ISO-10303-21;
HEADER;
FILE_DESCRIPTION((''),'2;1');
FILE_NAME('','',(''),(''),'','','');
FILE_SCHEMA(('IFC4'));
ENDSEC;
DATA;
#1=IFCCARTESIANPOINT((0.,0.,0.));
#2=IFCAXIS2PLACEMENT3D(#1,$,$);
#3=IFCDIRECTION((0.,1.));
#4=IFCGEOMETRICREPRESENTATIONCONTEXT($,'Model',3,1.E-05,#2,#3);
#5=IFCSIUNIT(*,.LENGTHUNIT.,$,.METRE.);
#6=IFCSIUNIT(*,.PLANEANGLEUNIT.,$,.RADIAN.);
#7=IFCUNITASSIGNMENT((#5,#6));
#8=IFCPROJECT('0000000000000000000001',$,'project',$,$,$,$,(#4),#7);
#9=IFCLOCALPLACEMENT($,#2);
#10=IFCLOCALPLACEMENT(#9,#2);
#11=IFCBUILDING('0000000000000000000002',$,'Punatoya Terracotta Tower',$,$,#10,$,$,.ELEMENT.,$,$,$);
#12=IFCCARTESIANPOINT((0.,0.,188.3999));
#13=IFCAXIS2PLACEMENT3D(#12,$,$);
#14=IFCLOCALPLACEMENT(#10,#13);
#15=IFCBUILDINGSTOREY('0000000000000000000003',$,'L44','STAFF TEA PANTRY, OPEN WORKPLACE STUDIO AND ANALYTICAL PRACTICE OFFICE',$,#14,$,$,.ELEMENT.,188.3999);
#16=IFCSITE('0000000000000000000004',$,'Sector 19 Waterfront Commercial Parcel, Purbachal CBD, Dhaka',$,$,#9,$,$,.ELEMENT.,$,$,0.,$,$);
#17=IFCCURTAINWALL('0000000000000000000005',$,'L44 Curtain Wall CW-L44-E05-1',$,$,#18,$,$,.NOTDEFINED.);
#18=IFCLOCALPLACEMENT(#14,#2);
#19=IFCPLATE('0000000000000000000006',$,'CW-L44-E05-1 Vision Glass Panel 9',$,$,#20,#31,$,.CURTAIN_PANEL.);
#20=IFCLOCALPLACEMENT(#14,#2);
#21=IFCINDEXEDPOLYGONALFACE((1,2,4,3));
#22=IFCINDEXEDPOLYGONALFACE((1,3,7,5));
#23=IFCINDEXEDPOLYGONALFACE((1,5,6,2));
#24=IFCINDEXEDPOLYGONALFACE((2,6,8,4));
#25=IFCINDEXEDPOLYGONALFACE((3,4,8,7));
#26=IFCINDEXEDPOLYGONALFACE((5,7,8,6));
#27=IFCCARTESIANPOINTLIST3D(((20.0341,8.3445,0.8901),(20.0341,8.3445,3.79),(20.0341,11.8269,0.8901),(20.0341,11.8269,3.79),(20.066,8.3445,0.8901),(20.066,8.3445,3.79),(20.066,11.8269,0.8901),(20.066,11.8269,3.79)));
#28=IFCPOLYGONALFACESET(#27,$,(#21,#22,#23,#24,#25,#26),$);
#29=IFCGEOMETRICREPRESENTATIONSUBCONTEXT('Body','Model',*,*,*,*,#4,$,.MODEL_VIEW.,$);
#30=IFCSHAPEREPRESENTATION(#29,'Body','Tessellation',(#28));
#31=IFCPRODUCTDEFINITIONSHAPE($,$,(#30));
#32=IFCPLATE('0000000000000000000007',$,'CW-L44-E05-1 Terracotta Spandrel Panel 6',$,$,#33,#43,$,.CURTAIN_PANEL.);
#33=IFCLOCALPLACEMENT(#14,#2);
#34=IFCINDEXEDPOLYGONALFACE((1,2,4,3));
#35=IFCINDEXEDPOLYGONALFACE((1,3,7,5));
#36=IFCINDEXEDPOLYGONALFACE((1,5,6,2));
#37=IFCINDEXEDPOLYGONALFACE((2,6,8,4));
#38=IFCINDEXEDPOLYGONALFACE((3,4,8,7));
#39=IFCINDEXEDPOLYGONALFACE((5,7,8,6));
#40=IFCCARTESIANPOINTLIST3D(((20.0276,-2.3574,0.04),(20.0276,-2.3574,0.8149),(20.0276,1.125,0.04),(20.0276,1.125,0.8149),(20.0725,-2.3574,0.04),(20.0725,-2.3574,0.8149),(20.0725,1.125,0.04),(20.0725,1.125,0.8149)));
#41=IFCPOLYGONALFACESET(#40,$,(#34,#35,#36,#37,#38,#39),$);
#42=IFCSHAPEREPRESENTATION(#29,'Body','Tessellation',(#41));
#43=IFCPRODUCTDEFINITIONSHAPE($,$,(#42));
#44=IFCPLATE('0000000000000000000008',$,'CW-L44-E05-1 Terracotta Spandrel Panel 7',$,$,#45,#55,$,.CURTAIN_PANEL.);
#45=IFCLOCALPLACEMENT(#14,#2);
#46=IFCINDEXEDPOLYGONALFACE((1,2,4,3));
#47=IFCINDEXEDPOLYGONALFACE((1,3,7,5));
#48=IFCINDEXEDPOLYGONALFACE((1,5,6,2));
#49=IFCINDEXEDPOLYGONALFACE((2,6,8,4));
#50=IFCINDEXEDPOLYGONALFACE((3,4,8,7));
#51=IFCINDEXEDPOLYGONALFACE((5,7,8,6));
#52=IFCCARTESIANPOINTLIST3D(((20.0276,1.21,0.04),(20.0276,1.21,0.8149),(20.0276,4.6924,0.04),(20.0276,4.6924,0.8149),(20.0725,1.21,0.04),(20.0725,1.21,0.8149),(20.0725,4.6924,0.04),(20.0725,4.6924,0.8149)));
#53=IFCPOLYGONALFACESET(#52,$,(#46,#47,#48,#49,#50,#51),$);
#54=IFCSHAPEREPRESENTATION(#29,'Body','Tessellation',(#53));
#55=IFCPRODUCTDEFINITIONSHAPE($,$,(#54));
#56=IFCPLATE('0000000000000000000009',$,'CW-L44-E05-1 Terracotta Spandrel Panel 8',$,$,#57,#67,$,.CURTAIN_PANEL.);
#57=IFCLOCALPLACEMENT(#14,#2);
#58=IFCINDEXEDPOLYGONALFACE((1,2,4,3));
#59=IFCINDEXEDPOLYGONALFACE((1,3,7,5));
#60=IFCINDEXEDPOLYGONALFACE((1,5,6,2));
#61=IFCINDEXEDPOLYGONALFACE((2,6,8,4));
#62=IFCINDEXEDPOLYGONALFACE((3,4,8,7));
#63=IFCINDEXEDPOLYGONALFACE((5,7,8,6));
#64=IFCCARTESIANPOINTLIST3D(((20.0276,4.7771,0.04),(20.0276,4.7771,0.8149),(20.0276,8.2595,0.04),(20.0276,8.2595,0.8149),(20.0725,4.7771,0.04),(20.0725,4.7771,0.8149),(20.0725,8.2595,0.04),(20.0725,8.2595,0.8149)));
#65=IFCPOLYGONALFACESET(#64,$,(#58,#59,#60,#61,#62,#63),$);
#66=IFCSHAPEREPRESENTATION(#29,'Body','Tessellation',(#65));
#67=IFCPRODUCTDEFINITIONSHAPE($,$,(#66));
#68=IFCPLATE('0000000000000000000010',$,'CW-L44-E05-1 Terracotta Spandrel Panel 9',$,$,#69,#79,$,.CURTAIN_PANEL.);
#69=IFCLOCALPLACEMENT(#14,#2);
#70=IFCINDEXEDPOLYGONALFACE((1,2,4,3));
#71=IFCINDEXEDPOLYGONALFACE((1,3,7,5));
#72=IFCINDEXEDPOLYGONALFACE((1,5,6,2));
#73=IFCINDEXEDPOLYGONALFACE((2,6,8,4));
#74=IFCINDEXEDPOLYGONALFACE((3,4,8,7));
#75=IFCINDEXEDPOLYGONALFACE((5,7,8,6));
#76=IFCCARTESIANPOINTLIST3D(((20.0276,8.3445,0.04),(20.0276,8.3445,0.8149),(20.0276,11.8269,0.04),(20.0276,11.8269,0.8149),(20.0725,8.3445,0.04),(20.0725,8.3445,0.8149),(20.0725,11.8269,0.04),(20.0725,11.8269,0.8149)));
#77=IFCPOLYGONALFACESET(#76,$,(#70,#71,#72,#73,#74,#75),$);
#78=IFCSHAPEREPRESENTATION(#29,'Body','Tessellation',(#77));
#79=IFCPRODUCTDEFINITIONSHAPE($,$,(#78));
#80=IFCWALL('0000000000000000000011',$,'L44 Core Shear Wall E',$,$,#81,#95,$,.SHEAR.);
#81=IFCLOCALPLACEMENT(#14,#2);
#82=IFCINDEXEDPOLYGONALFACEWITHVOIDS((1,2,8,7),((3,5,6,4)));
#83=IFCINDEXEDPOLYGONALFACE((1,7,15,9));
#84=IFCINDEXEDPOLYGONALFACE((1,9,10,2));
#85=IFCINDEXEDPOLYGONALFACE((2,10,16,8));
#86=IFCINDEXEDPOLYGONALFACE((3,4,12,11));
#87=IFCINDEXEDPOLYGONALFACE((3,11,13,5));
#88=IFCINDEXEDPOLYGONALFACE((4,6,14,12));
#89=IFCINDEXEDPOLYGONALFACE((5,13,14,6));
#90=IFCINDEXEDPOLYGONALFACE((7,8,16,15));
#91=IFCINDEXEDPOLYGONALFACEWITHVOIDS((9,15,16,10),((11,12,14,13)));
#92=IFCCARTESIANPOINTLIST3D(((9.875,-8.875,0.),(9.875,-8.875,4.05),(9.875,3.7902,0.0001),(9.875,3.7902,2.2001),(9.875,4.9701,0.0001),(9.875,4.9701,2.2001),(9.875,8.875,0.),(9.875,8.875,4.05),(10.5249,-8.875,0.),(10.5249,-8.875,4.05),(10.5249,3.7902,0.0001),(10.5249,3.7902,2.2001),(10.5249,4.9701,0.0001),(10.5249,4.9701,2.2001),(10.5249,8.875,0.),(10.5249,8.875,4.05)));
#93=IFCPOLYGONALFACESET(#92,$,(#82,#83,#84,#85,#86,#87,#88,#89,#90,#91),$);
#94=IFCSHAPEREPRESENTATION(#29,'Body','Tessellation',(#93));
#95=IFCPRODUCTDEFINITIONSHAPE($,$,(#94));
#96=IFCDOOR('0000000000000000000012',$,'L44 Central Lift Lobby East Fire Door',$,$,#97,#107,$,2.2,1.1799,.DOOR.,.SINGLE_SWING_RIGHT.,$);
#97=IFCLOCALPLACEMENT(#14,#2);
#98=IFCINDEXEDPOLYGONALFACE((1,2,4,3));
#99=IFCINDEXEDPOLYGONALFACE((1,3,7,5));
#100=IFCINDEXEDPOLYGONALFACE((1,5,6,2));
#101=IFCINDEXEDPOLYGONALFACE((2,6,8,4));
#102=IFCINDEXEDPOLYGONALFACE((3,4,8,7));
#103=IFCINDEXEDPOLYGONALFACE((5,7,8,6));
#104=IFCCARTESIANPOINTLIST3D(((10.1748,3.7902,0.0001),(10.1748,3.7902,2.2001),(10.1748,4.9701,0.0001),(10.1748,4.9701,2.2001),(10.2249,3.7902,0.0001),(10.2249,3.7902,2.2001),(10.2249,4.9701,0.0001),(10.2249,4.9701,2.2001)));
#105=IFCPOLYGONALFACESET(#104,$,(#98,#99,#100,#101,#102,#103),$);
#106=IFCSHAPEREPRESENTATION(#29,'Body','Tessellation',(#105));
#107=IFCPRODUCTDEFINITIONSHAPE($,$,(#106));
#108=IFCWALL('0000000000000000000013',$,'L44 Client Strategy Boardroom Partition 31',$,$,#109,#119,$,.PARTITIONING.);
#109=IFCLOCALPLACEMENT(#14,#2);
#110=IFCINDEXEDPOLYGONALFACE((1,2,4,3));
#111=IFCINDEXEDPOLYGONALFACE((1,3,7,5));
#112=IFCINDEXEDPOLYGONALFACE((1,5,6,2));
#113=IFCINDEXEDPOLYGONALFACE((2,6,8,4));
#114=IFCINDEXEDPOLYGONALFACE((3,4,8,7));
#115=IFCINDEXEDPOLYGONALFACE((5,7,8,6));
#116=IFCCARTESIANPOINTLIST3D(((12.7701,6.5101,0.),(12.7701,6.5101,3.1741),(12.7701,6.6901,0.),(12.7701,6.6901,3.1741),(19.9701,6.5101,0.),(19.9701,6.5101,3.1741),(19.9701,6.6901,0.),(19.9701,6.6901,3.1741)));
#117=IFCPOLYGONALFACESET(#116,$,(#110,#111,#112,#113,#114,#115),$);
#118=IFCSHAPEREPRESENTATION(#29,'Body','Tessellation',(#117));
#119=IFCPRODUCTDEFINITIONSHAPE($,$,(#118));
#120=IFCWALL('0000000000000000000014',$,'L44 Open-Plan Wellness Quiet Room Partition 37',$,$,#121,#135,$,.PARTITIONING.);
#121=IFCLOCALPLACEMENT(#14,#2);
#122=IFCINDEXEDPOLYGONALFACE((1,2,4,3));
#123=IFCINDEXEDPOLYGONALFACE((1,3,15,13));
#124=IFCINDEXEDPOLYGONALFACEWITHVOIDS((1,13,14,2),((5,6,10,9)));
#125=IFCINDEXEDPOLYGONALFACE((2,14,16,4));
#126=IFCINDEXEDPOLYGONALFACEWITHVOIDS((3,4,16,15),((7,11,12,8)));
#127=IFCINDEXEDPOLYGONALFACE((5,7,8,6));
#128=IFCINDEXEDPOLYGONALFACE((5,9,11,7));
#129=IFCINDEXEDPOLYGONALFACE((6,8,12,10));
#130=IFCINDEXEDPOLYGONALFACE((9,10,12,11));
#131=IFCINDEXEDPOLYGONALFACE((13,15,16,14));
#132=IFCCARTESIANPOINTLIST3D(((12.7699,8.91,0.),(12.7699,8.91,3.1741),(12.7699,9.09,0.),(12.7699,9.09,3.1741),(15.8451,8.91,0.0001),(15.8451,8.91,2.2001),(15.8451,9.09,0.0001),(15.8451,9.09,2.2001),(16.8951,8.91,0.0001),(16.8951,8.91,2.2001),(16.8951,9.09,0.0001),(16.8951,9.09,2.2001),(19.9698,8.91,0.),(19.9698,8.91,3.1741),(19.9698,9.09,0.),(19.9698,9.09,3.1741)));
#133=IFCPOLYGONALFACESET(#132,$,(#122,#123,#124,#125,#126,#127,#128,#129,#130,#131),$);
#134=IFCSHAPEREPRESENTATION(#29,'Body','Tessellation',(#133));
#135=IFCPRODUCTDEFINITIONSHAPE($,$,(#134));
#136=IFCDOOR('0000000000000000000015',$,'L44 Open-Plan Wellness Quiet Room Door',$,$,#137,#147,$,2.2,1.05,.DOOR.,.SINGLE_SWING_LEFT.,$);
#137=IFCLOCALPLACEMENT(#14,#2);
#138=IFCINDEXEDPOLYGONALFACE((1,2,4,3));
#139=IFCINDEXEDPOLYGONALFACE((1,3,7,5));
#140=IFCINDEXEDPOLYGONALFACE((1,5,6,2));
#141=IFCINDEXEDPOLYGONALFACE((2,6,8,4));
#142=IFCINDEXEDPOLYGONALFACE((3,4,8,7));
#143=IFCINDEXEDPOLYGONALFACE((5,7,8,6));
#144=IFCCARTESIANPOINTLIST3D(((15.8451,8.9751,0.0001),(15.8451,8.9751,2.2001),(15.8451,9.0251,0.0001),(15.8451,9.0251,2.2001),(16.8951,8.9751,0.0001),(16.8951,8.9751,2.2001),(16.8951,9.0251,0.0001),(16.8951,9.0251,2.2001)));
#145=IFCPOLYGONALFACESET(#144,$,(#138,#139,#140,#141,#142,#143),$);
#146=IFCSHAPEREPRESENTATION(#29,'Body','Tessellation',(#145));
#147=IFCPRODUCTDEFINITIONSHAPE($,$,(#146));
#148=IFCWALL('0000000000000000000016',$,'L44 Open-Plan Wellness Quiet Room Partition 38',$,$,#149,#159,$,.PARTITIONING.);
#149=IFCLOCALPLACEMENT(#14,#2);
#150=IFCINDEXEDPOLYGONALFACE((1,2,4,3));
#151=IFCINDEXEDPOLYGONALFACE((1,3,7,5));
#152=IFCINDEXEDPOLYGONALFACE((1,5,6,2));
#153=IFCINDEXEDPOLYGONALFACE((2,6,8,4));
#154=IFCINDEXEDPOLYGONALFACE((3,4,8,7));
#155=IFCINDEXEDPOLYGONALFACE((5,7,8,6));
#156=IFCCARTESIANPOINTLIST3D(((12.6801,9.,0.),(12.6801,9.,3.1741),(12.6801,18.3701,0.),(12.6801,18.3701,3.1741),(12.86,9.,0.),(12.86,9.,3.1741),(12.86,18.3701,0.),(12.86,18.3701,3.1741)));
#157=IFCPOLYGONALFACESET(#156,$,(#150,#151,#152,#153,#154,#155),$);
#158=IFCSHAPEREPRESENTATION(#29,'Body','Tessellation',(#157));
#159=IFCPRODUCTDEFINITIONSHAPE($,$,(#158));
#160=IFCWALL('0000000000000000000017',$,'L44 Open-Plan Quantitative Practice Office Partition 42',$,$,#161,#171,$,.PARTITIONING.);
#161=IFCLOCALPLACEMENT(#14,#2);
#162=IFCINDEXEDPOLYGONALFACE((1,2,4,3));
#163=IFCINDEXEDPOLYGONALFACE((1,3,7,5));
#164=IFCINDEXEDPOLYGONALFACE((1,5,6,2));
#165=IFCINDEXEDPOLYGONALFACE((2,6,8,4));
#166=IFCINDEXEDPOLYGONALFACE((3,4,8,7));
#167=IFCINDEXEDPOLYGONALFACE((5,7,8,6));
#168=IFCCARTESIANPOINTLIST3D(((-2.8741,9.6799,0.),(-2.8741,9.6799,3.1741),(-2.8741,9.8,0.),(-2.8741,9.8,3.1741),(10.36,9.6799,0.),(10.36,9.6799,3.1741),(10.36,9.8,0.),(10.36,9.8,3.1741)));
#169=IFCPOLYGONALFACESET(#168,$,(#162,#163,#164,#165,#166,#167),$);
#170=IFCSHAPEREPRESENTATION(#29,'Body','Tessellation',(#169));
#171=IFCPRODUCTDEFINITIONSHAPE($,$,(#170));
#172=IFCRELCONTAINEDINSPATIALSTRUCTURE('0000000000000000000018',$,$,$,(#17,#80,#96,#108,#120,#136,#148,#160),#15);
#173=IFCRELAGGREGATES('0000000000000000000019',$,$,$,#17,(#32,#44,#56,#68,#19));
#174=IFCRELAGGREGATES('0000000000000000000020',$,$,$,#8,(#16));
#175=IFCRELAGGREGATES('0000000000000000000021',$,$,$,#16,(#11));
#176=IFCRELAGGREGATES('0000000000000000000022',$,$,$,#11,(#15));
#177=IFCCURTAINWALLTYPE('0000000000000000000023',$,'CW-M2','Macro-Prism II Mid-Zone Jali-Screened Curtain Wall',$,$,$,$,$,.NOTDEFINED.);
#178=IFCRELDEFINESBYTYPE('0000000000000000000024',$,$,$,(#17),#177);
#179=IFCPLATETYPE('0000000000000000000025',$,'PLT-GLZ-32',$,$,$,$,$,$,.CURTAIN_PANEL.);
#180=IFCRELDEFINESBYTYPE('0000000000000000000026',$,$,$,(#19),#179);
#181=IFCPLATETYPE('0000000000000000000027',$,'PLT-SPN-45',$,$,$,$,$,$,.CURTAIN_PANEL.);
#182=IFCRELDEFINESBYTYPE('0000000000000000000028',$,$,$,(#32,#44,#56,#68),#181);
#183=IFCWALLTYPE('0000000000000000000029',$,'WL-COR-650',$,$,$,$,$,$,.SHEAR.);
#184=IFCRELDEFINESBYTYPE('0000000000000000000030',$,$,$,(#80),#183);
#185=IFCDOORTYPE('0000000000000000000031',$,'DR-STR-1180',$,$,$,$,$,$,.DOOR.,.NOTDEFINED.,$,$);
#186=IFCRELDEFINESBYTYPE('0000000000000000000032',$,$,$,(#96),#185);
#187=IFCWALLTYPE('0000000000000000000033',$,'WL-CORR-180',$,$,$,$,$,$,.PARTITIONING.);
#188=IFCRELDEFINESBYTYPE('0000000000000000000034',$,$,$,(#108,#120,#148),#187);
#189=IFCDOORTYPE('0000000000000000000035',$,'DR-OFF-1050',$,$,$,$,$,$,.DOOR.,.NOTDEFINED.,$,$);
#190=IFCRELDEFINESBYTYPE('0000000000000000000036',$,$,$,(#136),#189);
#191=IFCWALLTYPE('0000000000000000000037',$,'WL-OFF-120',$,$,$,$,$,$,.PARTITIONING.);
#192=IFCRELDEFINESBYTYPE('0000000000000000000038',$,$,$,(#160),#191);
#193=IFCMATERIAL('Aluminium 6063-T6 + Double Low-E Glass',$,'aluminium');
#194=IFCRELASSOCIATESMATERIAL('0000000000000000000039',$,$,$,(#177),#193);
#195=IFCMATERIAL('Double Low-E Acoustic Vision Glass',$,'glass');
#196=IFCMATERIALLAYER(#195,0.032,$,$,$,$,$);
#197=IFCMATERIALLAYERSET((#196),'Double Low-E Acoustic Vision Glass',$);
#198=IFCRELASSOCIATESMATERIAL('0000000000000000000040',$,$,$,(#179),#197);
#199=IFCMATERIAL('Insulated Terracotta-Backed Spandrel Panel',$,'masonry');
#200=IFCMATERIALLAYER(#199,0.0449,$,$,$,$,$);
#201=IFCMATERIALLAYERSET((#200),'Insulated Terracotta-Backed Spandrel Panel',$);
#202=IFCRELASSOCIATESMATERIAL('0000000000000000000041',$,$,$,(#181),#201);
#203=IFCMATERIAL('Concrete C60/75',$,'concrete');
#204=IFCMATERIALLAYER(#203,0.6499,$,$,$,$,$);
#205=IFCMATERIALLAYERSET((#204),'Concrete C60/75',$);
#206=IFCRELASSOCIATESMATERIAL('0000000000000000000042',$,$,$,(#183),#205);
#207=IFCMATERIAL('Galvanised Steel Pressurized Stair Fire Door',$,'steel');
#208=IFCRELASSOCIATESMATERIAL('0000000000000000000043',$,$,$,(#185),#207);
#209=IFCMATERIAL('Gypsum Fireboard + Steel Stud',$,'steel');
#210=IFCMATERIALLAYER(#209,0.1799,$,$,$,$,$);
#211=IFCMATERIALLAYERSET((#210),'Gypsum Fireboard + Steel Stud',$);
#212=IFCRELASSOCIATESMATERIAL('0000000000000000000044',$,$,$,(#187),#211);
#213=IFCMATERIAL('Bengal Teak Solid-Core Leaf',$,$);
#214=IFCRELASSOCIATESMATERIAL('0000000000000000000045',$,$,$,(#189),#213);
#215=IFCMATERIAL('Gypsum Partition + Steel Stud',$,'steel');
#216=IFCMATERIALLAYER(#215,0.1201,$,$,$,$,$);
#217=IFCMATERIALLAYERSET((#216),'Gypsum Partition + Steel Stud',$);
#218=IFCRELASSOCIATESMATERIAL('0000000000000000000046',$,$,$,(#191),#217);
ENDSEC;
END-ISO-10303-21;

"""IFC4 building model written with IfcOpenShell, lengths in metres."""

from ifc_helpers import new_model, si_unit, direction, frame, frame_2d, origin, origin_2d, place, context, subcontext, project, spatial, rectangle, extrude, material, layer, layer_set, type_object, element, fill, aggregate, save


model = new_model("IFC4")

# Units and contexts
model_context = context("Model", 3, precision=1e-05, world=origin(), true_north=direction((0.0, 1.0)))
body_context = subcontext(model_context, "Body", "Model", "MODEL_VIEW")
ifc_project = project(units=[si_unit("LENGTHUNIT", "METRE"), si_unit("PLANEANGLEUNIT", "RADIAN")], contexts=[model_context])

# Site, building, storey
site_placement = place(None, origin())
site = spatial("IfcSite", under=ifc_project, at=site_placement, Name="Sector 19 Waterfront Commercial Parcel, Purbachal CBD, Dhaka", CompositionType="ELEMENT", RefElevation=0.0)
building_placement = place(site_placement, origin())
building = spatial("IfcBuilding", under=site, at=building_placement, Name="Punatoya Terracotta Tower", CompositionType="ELEMENT")
storey_placement = place(building_placement, frame((0.0, 0.0, 188.3999)))
storey = spatial("IfcBuildingStorey", under=building, at=storey_placement, Name="L44", Description="STAFF TEA PANTRY, OPEN WORKPLACE STUDIO AND ANALYTICAL PRACTICE OFFICE", CompositionType="ELEMENT", Elevation=188.3999)

# Curtain wall, plates
ifc_material_1 = material(Name="Aluminium 6063-T6 + Double Low-E Glass", Category="aluminium")
curtain_wall_type = type_object("IfcCurtainWallType", Name="CW-M2", Description="Macro-Prism II Mid-Zone Jali-Screened Curtain Wall", PredefinedType="NOTDEFINED", material=ifc_material_1)
curtain_wall_placement = place(storey_placement, origin())
curtain_wall = element("IfcCurtainWall", 1, at=curtain_wall_placement, inside=storey, type_object=curtain_wall_type, Name="L44 Curtain Wall CW-L44-E05-1", PredefinedType="NOTDEFINED")
ifc_material_2 = material(Name="Double Low-E Acoustic Vision Glass", Category="glass")
ifc_layer_1 = layer(ifc_material_2, 0.032)
ifc_layer_set_1 = layer_set([ifc_layer_1], Name="Double Low-E Acoustic Vision Glass")
plate_type_1 = type_object("IfcPlateType", Name="PLT-GLZ-32", PredefinedType="CURTAIN_PANEL", material=ifc_layer_set_1)
plate_1_placement = place(storey_placement, frame((20.05, 10.0857, 0.8901), z_axis=(0.0, 0.0, 1.0), x_axis=(0.0, 1.0, 0.0)))
plate_1 = element("IfcPlate", 2, at=plate_1_placement, type_object=plate_type_1, Name="CW-L44-E05-1 Vision Glass Panel 9", PredefinedType="CURTAIN_PANEL", context=body_context, shape_type="SweptSolid", body=[
    extrude(rectangle(XDim=3.4824, YDim=0.032, at=origin_2d()), origin(), (0.0, 0.0, 1.0), 2.8999),
])
ifc_material_3 = material(Name="Insulated Terracotta-Backed Spandrel Panel", Category="masonry")
ifc_layer_2 = layer(ifc_material_3, 0.0449)
ifc_layer_set_2 = layer_set([ifc_layer_2], Name="Insulated Terracotta-Backed Spandrel Panel")
plate_type_2 = type_object("IfcPlateType", Name="PLT-SPN-45", PredefinedType="CURTAIN_PANEL", material=ifc_layer_set_2)
plate_2_placement = place(storey_placement, frame((20.05, -0.6162, 0.04), z_axis=(0.0, 0.0, 1.0), x_axis=(0.0, 1.0, 0.0)))
plate_2 = element("IfcPlate", 3, at=plate_2_placement, type_object=plate_type_2, Name="CW-L44-E05-1 Terracotta Spandrel Panel 6", PredefinedType="CURTAIN_PANEL", context=body_context, shape_type="SweptSolid", body=[
    extrude(rectangle(XDim=3.4824, YDim=0.0449, at=origin_2d()), origin(), (0.0, 0.0, 1.0), 0.7749),
])
plate_3_placement = place(storey_placement, frame((20.05, 2.9512, 0.04), z_axis=(0.0, 0.0, 1.0), x_axis=(0.0, 1.0, 0.0)))
plate_3 = element("IfcPlate", 4, at=plate_3_placement, type_object=plate_type_2, Name="CW-L44-E05-1 Terracotta Spandrel Panel 7", PredefinedType="CURTAIN_PANEL", context=body_context, shape_type="SweptSolid", body=[
    extrude(rectangle(XDim=3.4824, YDim=0.0449, at=origin_2d()), origin(), (0.0, 0.0, 1.0), 0.7749),
])
plate_4_placement = place(storey_placement, frame((20.05, 6.5183, 0.04), z_axis=(0.0, 0.0, 1.0), x_axis=(0.0, 1.0, 0.0)))
plate_4 = element("IfcPlate", 5, at=plate_4_placement, type_object=plate_type_2, Name="CW-L44-E05-1 Terracotta Spandrel Panel 8", PredefinedType="CURTAIN_PANEL", context=body_context, shape_type="SweptSolid", body=[
    extrude(rectangle(XDim=3.4824, YDim=0.0449, at=origin_2d()), origin(), (0.0, 0.0, 1.0), 0.7749),
])
plate_5_placement = place(storey_placement, frame((20.05, 10.0857, 0.04), z_axis=(0.0, 0.0, 1.0), x_axis=(0.0, 1.0, 0.0)))
plate_5 = element("IfcPlate", 6, at=plate_5_placement, type_object=plate_type_2, Name="CW-L44-E05-1 Terracotta Spandrel Panel 9", PredefinedType="CURTAIN_PANEL", context=body_context, shape_type="SweptSolid", body=[
    extrude(rectangle(XDim=3.4824, YDim=0.0449, at=origin_2d()), origin(), (0.0, 0.0, 1.0), 0.7749),
])
aggregate(curtain_wall, [plate_2, plate_3, plate_4, plate_5, plate_1])

# Wall, opening, door
ifc_material_4 = material(Name="Concrete C60/75", Category="concrete")
ifc_layer_3 = layer(ifc_material_4, 0.6499)
ifc_layer_set_3 = layer_set([ifc_layer_3], Name="Concrete C60/75")
wall_type_1 = type_object("IfcWallType", Name="WL-COR-650", PredefinedType="SHEAR", material=ifc_layer_set_3)
wall_1_placement = place(storey_placement, frame((10.2, 8.875, 0.0), z_axis=(0.0, 0.0, 1.0), x_axis=(0.0, -1.0, 0.0)))
wall_1 = element("IfcWall", 7, at=wall_1_placement, inside=storey, type_object=wall_type_1, Name="L44 Core Shear Wall E", PredefinedType="SHEAR", context=body_context, shape_type="SweptSolid", body=[
    extrude(rectangle(XDim=17.75, YDim=0.6499, at=frame_2d((8.875, 0.0))), origin(), (0.0, 0.0, 1.0), 4.05),
])
opening_1_placement = place(wall_1_placement, frame((3.905, 0.0, 0.0)))
opening_1 = element("IfcOpeningElement", 8, at=opening_1_placement, cuts=wall_1, PredefinedType="OPENING", context=body_context, shape_type="SweptSolid", body=[
    extrude(rectangle(XDim=1.1799, YDim=2.2, at=frame_2d((0.5898, 1.1001))), frame((0.0, 0.335, 0.0), z_axis=(0.0, -1.0, 0.0), x_axis=(1.0, 0.0, 0.0)), (0.0, 0.0, 1.0), 0.6699),
])
ifc_material_5 = material(Name="Galvanised Steel Pressurized Stair Fire Door", Category="steel")
door_type_1 = type_object("IfcDoorType", Name="DR-STR-1180", OperationType="NOTDEFINED", PredefinedType="DOOR", material=ifc_material_5)
door_1_placement = place(opening_1_placement, origin())
door_1 = element("IfcDoor", 9, at=door_1_placement, inside=storey, type_object=door_type_1, Name="L44 Central Lift Lobby East Fire Door", OperationType="SINGLE_SWING_RIGHT", OverallHeight=2.2, OverallWidth=1.1799, PredefinedType="DOOR", context=body_context, shape_type="SweptSolid", body=[
    extrude(rectangle(XDim=1.1799, YDim=2.2, at=frame_2d((0.5898, 1.1001))), frame((0.0, 0.0249, 0.0), z_axis=(0.0, -1.0, 0.0), x_axis=(1.0, 0.0, 0.0)), (0.0, 0.0, 1.0), 0.05),
])
fill(opening_1, door_1)

# Wall
ifc_material_6 = material(Name="Gypsum Fireboard + Steel Stud", Category="steel")
ifc_layer_4 = layer(ifc_material_6, 0.1799)
ifc_layer_set_4 = layer_set([ifc_layer_4], Name="Gypsum Fireboard + Steel Stud")
wall_type_2 = type_object("IfcWallType", Name="WL-CORR-180", PredefinedType="PARTITIONING", material=ifc_layer_set_4)
wall_2_placement = place(storey_placement, frame((12.77, 6.6001, 0.0), z_axis=(0.0, 0.0, 1.0), x_axis=(1.0, 0.0, 0.0)))
element("IfcWall", 10, at=wall_2_placement, inside=storey, type_object=wall_type_2, Name="L44 Client Strategy Boardroom Partition 31", PredefinedType="PARTITIONING", context=body_context, shape_type="SweptSolid", body=[
    extrude(rectangle(XDim=7.2, YDim=0.1799, at=frame_2d((3.6001, 0.0))), origin(), (0.0, 0.0, 1.0), 3.1741),
])

# Wall, opening, door
wall_3_placement = place(storey_placement, frame((19.97, 9.0, 0.0), z_axis=(0.0, 0.0, 1.0), x_axis=(-1.0, 0.0, 0.0)))
wall_3 = element("IfcWall", 11, at=wall_3_placement, inside=storey, type_object=wall_type_2, Name="L44 Open-Plan Wellness Quiet Room Partition 37", PredefinedType="PARTITIONING", context=body_context, shape_type="SweptSolid", body=[
    extrude(rectangle(XDim=7.2, YDim=0.1799, at=frame_2d((3.6001, 0.0))), origin(), (0.0, 0.0, 1.0), 3.1741),
])
opening_2_placement = place(wall_3_placement, frame((3.075, 0.0, 0.0)))
opening_2 = element("IfcOpeningElement", 12, at=opening_2_placement, cuts=wall_3, PredefinedType="OPENING", context=body_context, shape_type="SweptSolid", body=[
    extrude(rectangle(XDim=1.05, YDim=2.2, at=frame_2d((0.5249, 1.1001))), frame((0.0, 0.0999, 0.0), z_axis=(0.0, -1.0, 0.0), x_axis=(1.0, 0.0, 0.0)), (0.0, 0.0, 1.0), 0.2),
])
ifc_material_7 = material(Name="Bengal Teak Solid-Core Leaf")
door_type_2 = type_object("IfcDoorType", Name="DR-OFF-1050", OperationType="NOTDEFINED", PredefinedType="DOOR", material=ifc_material_7)
door_2_placement = place(opening_2_placement, origin())
door_2 = element("IfcDoor", 13, at=door_2_placement, inside=storey, type_object=door_type_2, Name="L44 Open-Plan Wellness Quiet Room Door", OperationType="SINGLE_SWING_LEFT", OverallHeight=2.2, OverallWidth=1.05, PredefinedType="DOOR", context=body_context, shape_type="SweptSolid", body=[
    extrude(rectangle(XDim=1.05, YDim=2.2, at=frame_2d((0.5249, 1.1001))), frame((0.0, 0.0249, 0.0), z_axis=(0.0, -1.0, 0.0), x_axis=(1.0, 0.0, 0.0)), (0.0, 0.0, 1.0), 0.05),
])
fill(opening_2, door_2)

# Walls
wall_4_placement = place(storey_placement, frame((12.77, 9.0, 0.0), z_axis=(0.0, 0.0, 1.0), x_axis=(0.0, 1.0, 0.0)))
element("IfcWall", 14, at=wall_4_placement, inside=storey, type_object=wall_type_2, Name="L44 Open-Plan Wellness Quiet Room Partition 38", PredefinedType="PARTITIONING", context=body_context, shape_type="SweptSolid", body=[
    extrude(rectangle(XDim=9.3701, YDim=0.1799, at=frame_2d((4.6851, 0.0))), origin(), (0.0, 0.0, 1.0), 3.1741),
])
ifc_material_8 = material(Name="Gypsum Partition + Steel Stud", Category="steel")
ifc_layer_5 = layer(ifc_material_8, 0.1201)
ifc_layer_set_5 = layer_set([ifc_layer_5], Name="Gypsum Partition + Steel Stud")
wall_type_3 = type_object("IfcWallType", Name="WL-OFF-120", PredefinedType="PARTITIONING", material=ifc_layer_set_5)
wall_5_placement = place(storey_placement, frame((10.3601, 9.74, 0.0), z_axis=(0.0, 0.0, 1.0), x_axis=(-1.0, 0.0, 0.0)))
element("IfcWall", 15, at=wall_5_placement, inside=storey, type_object=wall_type_3, Name="L44 Open-Plan Quantitative Practice Office Partition 42", PredefinedType="PARTITIONING", context=body_context, shape_type="SweptSolid", body=[
    extrude(rectangle(XDim=13.2341, YDim=0.1201, at=frame_2d((6.6172, 0.0))), origin(), (0.0, 0.0, 1.0), 3.1741),
])

save(model, "model.ifc")
